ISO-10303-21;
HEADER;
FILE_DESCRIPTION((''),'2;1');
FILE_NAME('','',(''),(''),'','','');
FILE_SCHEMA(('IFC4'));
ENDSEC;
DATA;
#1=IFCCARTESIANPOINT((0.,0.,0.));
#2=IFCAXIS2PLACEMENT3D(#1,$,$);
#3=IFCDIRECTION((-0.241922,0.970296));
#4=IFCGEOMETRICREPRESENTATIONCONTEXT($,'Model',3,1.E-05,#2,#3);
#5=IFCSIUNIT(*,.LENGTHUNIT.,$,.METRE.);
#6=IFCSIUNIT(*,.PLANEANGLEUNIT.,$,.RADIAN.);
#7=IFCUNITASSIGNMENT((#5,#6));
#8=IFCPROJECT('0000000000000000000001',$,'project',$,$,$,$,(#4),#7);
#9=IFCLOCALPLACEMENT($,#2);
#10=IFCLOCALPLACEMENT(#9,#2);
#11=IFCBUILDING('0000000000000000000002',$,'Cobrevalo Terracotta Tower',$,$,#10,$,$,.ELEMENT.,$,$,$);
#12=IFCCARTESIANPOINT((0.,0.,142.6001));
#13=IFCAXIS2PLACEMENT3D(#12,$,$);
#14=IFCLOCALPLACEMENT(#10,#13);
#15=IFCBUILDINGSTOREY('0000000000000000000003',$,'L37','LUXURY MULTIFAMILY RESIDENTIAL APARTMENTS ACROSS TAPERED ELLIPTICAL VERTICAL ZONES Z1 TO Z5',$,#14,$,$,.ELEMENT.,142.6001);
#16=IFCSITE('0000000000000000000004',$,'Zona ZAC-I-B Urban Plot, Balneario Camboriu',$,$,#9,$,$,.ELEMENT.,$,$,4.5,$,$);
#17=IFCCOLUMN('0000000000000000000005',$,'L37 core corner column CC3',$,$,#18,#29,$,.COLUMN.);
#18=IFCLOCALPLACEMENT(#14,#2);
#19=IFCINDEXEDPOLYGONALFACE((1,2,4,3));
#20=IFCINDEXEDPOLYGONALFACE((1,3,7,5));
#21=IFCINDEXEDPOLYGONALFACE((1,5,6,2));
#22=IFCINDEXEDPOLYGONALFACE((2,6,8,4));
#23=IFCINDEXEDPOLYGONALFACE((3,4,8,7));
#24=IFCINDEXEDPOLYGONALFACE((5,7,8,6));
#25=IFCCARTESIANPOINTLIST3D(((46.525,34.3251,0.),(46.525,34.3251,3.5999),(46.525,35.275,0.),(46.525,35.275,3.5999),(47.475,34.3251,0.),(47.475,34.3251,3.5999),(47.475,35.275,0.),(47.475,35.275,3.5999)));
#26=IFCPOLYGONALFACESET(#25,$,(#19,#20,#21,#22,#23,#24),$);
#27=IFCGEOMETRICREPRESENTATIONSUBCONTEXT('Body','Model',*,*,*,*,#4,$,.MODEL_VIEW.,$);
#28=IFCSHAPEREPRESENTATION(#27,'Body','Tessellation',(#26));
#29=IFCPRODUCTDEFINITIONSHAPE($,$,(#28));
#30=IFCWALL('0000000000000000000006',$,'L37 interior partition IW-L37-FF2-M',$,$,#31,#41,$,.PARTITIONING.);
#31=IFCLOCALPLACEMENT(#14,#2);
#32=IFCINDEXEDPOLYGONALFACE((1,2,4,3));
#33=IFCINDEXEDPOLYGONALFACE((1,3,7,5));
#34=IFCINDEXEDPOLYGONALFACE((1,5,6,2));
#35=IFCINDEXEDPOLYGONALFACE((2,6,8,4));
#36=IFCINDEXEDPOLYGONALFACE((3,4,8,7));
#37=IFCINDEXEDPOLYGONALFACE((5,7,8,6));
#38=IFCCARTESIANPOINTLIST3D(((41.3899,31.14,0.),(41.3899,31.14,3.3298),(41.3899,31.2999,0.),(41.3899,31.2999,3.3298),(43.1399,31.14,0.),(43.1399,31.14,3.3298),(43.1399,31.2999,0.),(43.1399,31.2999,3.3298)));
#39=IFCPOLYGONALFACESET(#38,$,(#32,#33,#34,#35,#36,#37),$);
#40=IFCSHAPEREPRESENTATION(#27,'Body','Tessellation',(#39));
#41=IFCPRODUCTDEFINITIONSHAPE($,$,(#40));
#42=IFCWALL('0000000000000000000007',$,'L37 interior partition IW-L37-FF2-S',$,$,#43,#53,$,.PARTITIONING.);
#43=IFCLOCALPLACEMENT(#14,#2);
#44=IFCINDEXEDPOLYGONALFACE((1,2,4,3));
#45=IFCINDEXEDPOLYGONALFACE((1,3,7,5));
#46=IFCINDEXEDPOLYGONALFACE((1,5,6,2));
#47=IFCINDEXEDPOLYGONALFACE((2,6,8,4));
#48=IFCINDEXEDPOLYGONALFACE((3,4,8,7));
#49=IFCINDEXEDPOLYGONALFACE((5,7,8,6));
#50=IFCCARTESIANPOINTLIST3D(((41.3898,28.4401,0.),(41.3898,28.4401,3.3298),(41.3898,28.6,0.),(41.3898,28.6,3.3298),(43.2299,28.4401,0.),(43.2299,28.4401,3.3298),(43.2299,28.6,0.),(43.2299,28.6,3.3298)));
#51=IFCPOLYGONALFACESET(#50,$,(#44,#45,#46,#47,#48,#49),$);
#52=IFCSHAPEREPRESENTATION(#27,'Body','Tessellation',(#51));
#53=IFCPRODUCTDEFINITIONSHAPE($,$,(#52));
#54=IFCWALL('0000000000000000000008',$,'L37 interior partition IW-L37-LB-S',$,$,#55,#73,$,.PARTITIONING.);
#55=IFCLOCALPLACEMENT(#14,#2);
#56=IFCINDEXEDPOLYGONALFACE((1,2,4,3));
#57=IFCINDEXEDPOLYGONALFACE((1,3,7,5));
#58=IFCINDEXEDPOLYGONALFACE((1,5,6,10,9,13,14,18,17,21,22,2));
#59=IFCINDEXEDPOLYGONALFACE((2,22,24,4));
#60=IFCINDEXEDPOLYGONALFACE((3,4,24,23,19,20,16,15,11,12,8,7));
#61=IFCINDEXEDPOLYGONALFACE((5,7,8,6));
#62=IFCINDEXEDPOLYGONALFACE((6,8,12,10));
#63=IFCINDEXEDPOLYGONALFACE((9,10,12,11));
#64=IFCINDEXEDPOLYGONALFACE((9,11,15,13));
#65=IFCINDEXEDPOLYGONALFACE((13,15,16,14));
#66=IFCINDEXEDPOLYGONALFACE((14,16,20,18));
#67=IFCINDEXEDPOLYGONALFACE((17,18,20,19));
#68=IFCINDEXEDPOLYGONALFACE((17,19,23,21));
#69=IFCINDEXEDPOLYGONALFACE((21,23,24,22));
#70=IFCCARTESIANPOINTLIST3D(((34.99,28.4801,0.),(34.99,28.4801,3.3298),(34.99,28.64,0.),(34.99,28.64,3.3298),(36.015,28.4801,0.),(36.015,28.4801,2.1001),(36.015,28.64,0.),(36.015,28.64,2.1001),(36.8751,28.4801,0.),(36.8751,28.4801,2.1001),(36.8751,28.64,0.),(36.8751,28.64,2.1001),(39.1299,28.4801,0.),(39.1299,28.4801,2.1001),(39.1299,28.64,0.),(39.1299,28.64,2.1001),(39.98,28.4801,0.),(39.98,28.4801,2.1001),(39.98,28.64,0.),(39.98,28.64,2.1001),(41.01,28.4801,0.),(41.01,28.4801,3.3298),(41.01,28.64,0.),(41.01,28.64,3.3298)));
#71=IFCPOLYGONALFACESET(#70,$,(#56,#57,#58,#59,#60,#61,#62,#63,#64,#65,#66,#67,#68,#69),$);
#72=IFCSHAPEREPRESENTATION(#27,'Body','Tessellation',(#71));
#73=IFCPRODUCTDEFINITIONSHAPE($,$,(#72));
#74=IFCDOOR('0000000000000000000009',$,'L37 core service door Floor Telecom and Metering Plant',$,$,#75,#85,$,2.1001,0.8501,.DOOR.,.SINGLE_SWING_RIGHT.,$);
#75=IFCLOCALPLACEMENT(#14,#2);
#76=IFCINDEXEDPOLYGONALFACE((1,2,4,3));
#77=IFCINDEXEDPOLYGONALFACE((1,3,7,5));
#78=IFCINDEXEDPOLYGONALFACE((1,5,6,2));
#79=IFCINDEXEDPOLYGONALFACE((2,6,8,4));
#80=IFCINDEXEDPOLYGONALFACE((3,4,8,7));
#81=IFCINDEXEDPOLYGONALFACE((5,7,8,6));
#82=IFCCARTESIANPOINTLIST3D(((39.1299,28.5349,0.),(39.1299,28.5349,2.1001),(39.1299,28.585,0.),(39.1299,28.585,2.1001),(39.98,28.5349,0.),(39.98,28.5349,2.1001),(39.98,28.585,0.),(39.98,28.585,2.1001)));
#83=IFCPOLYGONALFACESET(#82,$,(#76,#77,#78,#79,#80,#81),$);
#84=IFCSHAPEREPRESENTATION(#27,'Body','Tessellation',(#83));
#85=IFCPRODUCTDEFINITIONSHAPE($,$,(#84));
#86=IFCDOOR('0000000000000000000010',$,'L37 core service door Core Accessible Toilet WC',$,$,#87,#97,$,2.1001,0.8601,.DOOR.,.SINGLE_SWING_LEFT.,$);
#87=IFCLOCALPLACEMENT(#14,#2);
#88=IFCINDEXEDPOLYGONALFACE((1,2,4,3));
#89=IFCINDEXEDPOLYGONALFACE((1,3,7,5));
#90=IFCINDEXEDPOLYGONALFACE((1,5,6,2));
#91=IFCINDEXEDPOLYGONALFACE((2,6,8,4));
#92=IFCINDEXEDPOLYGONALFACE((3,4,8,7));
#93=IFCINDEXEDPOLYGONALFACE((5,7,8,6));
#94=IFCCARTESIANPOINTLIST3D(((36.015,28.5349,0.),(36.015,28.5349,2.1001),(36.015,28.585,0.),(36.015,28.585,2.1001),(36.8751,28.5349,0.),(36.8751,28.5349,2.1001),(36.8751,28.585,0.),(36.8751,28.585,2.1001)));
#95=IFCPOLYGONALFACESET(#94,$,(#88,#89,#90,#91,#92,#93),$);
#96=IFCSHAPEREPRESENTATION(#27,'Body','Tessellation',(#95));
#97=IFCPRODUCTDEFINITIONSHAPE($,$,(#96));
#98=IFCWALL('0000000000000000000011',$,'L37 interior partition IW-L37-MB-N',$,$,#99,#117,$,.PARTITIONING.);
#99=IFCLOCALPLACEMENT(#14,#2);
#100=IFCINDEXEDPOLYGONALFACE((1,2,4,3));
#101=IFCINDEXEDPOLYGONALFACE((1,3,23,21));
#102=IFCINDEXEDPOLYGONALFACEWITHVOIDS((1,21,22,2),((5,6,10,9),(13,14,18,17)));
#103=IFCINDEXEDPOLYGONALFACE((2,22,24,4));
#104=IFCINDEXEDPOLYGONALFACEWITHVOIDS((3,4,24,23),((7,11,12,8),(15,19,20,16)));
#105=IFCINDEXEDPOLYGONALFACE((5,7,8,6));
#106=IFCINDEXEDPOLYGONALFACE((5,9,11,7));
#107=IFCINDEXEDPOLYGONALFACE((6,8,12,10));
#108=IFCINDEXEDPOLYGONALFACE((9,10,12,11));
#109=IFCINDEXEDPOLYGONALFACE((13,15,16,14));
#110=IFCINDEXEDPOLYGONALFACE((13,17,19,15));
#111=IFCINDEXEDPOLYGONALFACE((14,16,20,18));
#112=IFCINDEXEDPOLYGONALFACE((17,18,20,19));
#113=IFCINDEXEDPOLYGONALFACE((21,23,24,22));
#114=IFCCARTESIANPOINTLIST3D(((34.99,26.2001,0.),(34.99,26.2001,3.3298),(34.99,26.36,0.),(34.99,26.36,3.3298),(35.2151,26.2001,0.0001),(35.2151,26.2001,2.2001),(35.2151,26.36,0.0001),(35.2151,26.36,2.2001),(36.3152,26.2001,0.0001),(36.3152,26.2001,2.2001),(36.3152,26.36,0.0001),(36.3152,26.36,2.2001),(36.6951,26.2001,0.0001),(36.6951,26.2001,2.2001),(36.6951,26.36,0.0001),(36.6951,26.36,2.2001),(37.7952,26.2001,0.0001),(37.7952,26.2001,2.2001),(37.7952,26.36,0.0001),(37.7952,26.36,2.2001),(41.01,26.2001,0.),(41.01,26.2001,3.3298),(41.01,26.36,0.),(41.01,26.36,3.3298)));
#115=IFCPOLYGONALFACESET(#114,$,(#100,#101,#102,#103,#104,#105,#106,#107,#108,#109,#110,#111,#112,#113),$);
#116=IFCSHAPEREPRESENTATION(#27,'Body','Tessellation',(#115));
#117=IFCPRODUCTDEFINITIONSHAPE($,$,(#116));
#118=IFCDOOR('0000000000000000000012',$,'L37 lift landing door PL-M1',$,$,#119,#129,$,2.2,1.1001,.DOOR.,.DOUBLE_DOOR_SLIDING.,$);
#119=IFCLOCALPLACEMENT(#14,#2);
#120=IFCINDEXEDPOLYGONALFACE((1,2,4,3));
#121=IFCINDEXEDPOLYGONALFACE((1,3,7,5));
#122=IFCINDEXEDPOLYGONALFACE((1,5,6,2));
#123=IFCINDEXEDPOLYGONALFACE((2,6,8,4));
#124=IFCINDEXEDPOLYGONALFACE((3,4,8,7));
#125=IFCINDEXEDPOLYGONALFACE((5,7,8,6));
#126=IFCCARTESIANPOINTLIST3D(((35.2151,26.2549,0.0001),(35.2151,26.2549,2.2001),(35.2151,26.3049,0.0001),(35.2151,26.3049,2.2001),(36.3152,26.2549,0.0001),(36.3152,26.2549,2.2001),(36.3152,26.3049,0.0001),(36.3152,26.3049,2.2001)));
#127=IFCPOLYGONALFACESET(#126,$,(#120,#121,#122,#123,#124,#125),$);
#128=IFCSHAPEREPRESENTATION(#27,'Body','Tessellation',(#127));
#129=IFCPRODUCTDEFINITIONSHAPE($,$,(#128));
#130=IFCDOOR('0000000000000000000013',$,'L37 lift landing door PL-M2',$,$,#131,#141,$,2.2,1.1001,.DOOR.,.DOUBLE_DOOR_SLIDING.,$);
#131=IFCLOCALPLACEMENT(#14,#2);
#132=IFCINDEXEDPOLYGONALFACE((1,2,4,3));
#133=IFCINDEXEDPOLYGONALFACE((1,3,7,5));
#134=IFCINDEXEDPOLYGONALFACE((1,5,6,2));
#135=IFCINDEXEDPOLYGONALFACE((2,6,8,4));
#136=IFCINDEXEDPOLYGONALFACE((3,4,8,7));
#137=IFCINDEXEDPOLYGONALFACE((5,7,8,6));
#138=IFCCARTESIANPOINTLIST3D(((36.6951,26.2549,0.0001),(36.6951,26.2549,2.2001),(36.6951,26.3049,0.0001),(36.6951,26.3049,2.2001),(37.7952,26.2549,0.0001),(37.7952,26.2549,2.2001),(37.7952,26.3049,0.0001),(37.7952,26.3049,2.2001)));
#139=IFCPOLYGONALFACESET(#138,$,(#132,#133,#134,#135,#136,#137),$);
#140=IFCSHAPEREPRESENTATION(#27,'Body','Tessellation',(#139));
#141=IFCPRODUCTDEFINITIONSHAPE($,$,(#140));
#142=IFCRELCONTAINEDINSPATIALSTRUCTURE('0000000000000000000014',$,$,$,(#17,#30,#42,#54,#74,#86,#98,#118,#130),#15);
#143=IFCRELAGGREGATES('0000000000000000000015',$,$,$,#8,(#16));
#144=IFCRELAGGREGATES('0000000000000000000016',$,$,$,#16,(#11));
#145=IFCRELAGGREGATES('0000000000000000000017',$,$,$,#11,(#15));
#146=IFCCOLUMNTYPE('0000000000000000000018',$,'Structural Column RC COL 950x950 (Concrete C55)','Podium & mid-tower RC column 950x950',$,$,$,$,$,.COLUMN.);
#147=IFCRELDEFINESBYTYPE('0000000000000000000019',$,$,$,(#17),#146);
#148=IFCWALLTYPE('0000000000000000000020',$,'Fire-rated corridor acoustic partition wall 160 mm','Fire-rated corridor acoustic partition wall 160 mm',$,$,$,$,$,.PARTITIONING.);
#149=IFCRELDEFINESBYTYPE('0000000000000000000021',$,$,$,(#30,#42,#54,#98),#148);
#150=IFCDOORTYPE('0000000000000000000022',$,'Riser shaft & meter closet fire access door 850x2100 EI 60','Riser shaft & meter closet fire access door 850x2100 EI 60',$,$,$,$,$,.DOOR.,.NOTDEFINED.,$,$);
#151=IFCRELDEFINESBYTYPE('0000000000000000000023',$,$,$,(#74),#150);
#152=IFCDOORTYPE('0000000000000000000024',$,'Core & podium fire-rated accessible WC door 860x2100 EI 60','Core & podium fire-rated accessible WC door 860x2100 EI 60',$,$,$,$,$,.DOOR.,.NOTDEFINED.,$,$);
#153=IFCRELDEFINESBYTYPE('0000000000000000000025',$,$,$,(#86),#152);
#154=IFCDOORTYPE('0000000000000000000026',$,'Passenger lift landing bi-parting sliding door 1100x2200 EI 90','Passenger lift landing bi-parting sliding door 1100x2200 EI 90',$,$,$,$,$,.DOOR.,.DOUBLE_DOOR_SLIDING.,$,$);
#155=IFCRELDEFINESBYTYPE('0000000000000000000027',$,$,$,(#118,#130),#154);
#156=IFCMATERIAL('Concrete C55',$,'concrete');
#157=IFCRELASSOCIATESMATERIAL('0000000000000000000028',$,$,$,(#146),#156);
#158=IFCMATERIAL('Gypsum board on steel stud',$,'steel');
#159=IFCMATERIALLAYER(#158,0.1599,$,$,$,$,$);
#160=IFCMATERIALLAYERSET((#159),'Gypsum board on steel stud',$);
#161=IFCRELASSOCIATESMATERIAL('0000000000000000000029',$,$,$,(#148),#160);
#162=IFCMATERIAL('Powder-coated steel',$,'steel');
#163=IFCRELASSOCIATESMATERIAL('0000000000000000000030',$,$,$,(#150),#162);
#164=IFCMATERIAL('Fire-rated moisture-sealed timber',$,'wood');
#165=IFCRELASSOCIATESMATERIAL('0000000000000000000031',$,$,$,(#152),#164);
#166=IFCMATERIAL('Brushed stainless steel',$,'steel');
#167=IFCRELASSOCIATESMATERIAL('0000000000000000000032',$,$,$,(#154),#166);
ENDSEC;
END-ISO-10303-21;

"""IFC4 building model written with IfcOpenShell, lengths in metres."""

from ifc_helpers import new_model, si_unit, direction, frame, frame_2d, origin, origin_2d, place, context, subcontext, project, spatial, rectangle, extrude, source, transform, mapped, material, layer, layer_set, material_profile, profile_set, type_object, element, fill, save


model = new_model("IFC4")

# Units and contexts
model_context = context("Model", 3, precision=1e-05, world=origin(), true_north=direction((-0.241922, 0.970296)))
body_context = subcontext(model_context, "Body", "Model", "MODEL_VIEW")
ifc_project = project(units=[si_unit("LENGTHUNIT", "METRE"), si_unit("PLANEANGLEUNIT", "RADIAN")], contexts=[model_context])

# Site, building, storey
site_placement = place(None, origin())
site = spatial("IfcSite", under=ifc_project, at=site_placement, Name="Zona ZAC-I-B Urban Plot, Balneario Camboriu", CompositionType="ELEMENT", RefElevation=4.5)
building_placement = place(site_placement, origin())
building = spatial("IfcBuilding", under=site, at=building_placement, Name="Cobrevalo Terracotta Tower", CompositionType="ELEMENT")
storey_placement = place(building_placement, frame((0.0, 0.0, 142.6001)))
storey = spatial("IfcBuildingStorey", under=building, at=storey_placement, Name="L37", Description="LUXURY MULTIFAMILY RESIDENTIAL APARTMENTS ACROSS TAPERED ELLIPTICAL VERTICAL ZONES Z1 TO Z5", CompositionType="ELEMENT", Elevation=142.6001)

# Column
ifc_material_1 = material(Name="Concrete C55", Category="concrete")
ifc_material_profile = material_profile(ifc_material_1, rectangle(XDim=0.95, YDim=0.95, at=origin_2d()), Name="RC COL 950x950")
ifc_profile_set = profile_set([ifc_material_profile], Name="Concrete C55")
column_type = type_object("IfcColumnType", Name="Structural Column RC COL 950x950 (Concrete C55)", Description="Podium & mid-tower RC column 950x950", PredefinedType="COLUMN", material=ifc_profile_set)
column_placement = place(storey_placement, frame((47.0, 34.8, 0.0), z_axis=(0.0, 0.0, 1.0), x_axis=(1.0, 0.0, 0.0)))
element("IfcColumn", 1, at=column_placement, inside=storey, type_object=column_type, Name="L37 core corner column CC3", PredefinedType="COLUMN", context=body_context, shape_type="SweptSolid", body=[
    extrude(rectangle(XDim=0.95, YDim=0.95, at=origin_2d()), origin(), (0.0, 0.0, 1.0), 3.5999),
])

# Walls
ifc_material_2 = material(Name="Gypsum board on steel stud", Category="steel")
ifc_layer_1 = layer(ifc_material_2, 0.1599)
ifc_layer_set_1 = layer_set([ifc_layer_1], Name="Gypsum board on steel stud")
wall_type_1 = type_object("IfcWallType", Name="Fire-rated corridor acoustic partition wall 160 mm", Description="Fire-rated corridor acoustic partition wall 160 mm", PredefinedType="PARTITIONING", material=ifc_layer_set_1)
wall_1_placement = place(storey_placement, frame((41.3899, 31.22, 0.0), z_axis=(0.0, 0.0, 1.0), x_axis=(1.0, 0.0, 0.0)))
element("IfcWall", 2, at=wall_1_placement, inside=storey, type_object=wall_type_1, Name="L37 interior partition IW-L37-FF2-M", PredefinedType="PARTITIONING", context=body_context, shape_type="SweptSolid", body=[
    extrude(rectangle(XDim=1.75, YDim=0.1599, at=frame_2d((0.875, 0.0))), origin(), (0.0, 0.0, 1.0), 3.3298),
])
wall_2_placement = place(storey_placement, frame((41.3899, 28.52, 0.0), z_axis=(0.0, 0.0, 1.0), x_axis=(1.0, 0.0, 0.0)))
element("IfcWall", 3, at=wall_2_placement, inside=storey, type_object=wall_type_1, Name="L37 interior partition IW-L37-FF2-S", PredefinedType="PARTITIONING", context=body_context, shape_type="SweptSolid", body=[
    extrude(rectangle(XDim=1.8401, YDim=0.1599, at=frame_2d((0.9199, 0.0))), origin(), (0.0, 0.0, 1.0), 3.3298),
])

# Walls, openings, doors
wall_3_placement = place(storey_placement, frame((34.99, 28.5601, 0.0), z_axis=(0.0, 0.0, 1.0), x_axis=(1.0, 0.0, 0.0)))
wall_3 = element("IfcWall", 4, at=wall_3_placement, inside=storey, type_object=wall_type_1, Name="L37 interior partition IW-L37-LB-S", PredefinedType="PARTITIONING", context=body_context, shape_type="SweptSolid", body=[
    extrude(rectangle(XDim=6.02, YDim=0.1599, at=frame_2d((3.01, 0.0))), origin(), (0.0, 0.0, 1.0), 3.3298),
])
opening_1_placement = place(wall_3_placement, frame((1.0249, 0.0, 0.0)))
opening_1 = element("IfcOpeningElement", 5, at=opening_1_placement, cuts=wall_3, PredefinedType="OPENING", context=body_context, shape_type="SweptSolid", body=[
    extrude(rectangle(XDim=0.8601, YDim=2.1001, at=frame_2d((0.4302, 1.05))), frame((0.0, 0.0898, 0.0), z_axis=(0.0, -1.0, 0.0), x_axis=(1.0, 0.0, 0.0)), (0.0, 0.0, 1.0), 0.1799),
])
opening_2_placement = place(wall_3_placement, frame((4.1399, 0.0, 0.0)))
opening_2 = element("IfcOpeningElement", 6, at=opening_2_placement, cuts=wall_3, PredefinedType="OPENING", context=body_context, shape_type="SweptSolid", body=[
    extrude(rectangle(XDim=0.8501, YDim=2.1001, at=frame_2d((0.425, 1.05))), frame((0.0, 0.0898, 0.0), z_axis=(0.0, -1.0, 0.0), x_axis=(1.0, 0.0, 0.0)), (0.0, 0.0, 1.0), 0.1799),
])
ifc_material_3 = material(Name="Powder-coated steel", Category="steel")
door_type_1 = type_object("IfcDoorType", Name="Riser shaft & meter closet fire access door 850x2100 EI 60", Description="Riser shaft & meter closet fire access door 850x2100 EI 60", OperationType="NOTDEFINED", PredefinedType="DOOR", material=ifc_material_3)
shared_shape_1 = source(origin(), body_context, "Body", "SweptSolid", [
    extrude(rectangle(XDim=0.8501, YDim=2.1001, at=frame_2d((0.425, 1.05))), frame((0.0, 0.0249, 0.0), z_axis=(0.0, -1.0, 0.0), x_axis=(1.0, 0.0, 0.0)), (0.0, 0.0, 1.0), 0.05),
])
door_1_placement = place(opening_2_placement, origin())
door_1 = element("IfcDoor", 7, at=door_1_placement, inside=storey, type_object=door_type_1, Name="L37 core service door Floor Telecom and Metering Plant", OperationType="SINGLE_SWING_RIGHT", OverallHeight=2.1001, OverallWidth=0.8501, PredefinedType="DOOR", context=body_context, shape_type="MappedRepresentation", body=[
    mapped(shared_shape_1, transform((0.0, 0.0, 0.0), scale=1.0)),
])
fill(opening_2, door_1)
ifc_material_4 = material(Name="Fire-rated moisture-sealed timber", Category="wood")
door_type_2 = type_object("IfcDoorType", Name="Core & podium fire-rated accessible WC door 860x2100 EI 60", Description="Core & podium fire-rated accessible WC door 860x2100 EI 60", OperationType="NOTDEFINED", PredefinedType="DOOR", material=ifc_material_4)
shared_shape_2 = source(origin(), body_context, "Body", "SweptSolid", [
    extrude(rectangle(XDim=0.8601, YDim=2.1001, at=frame_2d((0.4302, 1.05))), frame((0.0, 0.0249, 0.0), z_axis=(0.0, -1.0, 0.0), x_axis=(1.0, 0.0, 0.0)), (0.0, 0.0, 1.0), 0.05),
])
door_2_placement = place(opening_1_placement, origin())
door_2 = element("IfcDoor", 8, at=door_2_placement, inside=storey, type_object=door_type_2, Name="L37 core service door Core Accessible Toilet WC", OperationType="SINGLE_SWING_LEFT", OverallHeight=2.1001, OverallWidth=0.8601, PredefinedType="DOOR", context=body_context, shape_type="MappedRepresentation", body=[
    mapped(shared_shape_2, transform((0.0, 0.0, 0.0), scale=1.0)),
])
fill(opening_1, door_2)
wall_4_placement = place(storey_placement, frame((34.99, 26.28, 0.0), z_axis=(0.0, 0.0, 1.0), x_axis=(1.0, 0.0, 0.0)))
wall_4 = element("IfcWall", 9, at=wall_4_placement, inside=storey, type_object=wall_type_1, Name="L37 interior partition IW-L37-MB-N", PredefinedType="PARTITIONING", context=body_context, shape_type="SweptSolid", body=[
    extrude(rectangle(XDim=6.02, YDim=0.1599, at=frame_2d((3.01, 0.0))), origin(), (0.0, 0.0, 1.0), 3.3298),
])
opening_3_placement = place(wall_4_placement, frame((0.2251, 0.0, 0.0)))
opening_3 = element("IfcOpeningElement", 10, at=opening_3_placement, cuts=wall_4, PredefinedType="OPENING", context=body_context, shape_type="SweptSolid", body=[
    extrude(rectangle(XDim=1.1001, YDim=2.2, at=frame_2d((0.55, 1.1001))), frame((0.0, 0.0898, 0.0), z_axis=(0.0, -1.0, 0.0), x_axis=(1.0, 0.0, 0.0)), (0.0, 0.0, 1.0), 0.1799),
])
opening_4_placement = place(wall_4_placement, frame((1.7051, 0.0, 0.0)))
opening_4 = element("IfcOpeningElement", 11, at=opening_4_placement, cuts=wall_4, PredefinedType="OPENING", context=body_context, shape_type="SweptSolid", body=[
    extrude(rectangle(XDim=1.1001, YDim=2.2, at=frame_2d((0.55, 1.1001))), frame((0.0, 0.0898, 0.0), z_axis=(0.0, -1.0, 0.0), x_axis=(1.0, 0.0, 0.0)), (0.0, 0.0, 1.0), 0.1799),
])
ifc_material_5 = material(Name="Brushed stainless steel", Category="steel")
door_type_3 = type_object("IfcDoorType", Name="Passenger lift landing bi-parting sliding door 1100x2200 EI 90", Description="Passenger lift landing bi-parting sliding door 1100x2200 EI 90", OperationType="DOUBLE_DOOR_SLIDING", PredefinedType="DOOR", material=ifc_material_5)
shared_shape_3 = source(origin(), body_context, "Body", "SweptSolid", [
    extrude(rectangle(XDim=1.1001, YDim=2.2, at=frame_2d((0.55, 1.1001))), frame((0.0, 0.0249, 0.0), z_axis=(0.0, -1.0, 0.0), x_axis=(1.0, 0.0, 0.0)), (0.0, 0.0, 1.0), 0.05),
])
door_3_placement = place(opening_3_placement, origin())
door_3 = element("IfcDoor", 12, at=door_3_placement, inside=storey, type_object=door_type_3, Name="L37 lift landing door PL-M1", OperationType="DOUBLE_DOOR_SLIDING", OverallHeight=2.2, OverallWidth=1.1001, PredefinedType="DOOR", context=body_context, shape_type="MappedRepresentation", body=[
    mapped(shared_shape_3, transform((0.0, 0.0, 0.0), scale=1.0)),
])
fill(opening_3, door_3)
door_4_placement = place(opening_4_placement, origin())
door_4 = element("IfcDoor", 13, at=door_4_placement, inside=storey, type_object=door_type_3, Name="L37 lift landing door PL-M2", OperationType="DOUBLE_DOOR_SLIDING", OverallHeight=2.2, OverallWidth=1.1001, PredefinedType="DOOR", context=body_context, shape_type="MappedRepresentation", body=[
    mapped(shared_shape_3, transform((0.0, 0.0, 0.0), scale=1.0)),
])
fill(opening_4, door_4)

save(model, "model.ifc")
